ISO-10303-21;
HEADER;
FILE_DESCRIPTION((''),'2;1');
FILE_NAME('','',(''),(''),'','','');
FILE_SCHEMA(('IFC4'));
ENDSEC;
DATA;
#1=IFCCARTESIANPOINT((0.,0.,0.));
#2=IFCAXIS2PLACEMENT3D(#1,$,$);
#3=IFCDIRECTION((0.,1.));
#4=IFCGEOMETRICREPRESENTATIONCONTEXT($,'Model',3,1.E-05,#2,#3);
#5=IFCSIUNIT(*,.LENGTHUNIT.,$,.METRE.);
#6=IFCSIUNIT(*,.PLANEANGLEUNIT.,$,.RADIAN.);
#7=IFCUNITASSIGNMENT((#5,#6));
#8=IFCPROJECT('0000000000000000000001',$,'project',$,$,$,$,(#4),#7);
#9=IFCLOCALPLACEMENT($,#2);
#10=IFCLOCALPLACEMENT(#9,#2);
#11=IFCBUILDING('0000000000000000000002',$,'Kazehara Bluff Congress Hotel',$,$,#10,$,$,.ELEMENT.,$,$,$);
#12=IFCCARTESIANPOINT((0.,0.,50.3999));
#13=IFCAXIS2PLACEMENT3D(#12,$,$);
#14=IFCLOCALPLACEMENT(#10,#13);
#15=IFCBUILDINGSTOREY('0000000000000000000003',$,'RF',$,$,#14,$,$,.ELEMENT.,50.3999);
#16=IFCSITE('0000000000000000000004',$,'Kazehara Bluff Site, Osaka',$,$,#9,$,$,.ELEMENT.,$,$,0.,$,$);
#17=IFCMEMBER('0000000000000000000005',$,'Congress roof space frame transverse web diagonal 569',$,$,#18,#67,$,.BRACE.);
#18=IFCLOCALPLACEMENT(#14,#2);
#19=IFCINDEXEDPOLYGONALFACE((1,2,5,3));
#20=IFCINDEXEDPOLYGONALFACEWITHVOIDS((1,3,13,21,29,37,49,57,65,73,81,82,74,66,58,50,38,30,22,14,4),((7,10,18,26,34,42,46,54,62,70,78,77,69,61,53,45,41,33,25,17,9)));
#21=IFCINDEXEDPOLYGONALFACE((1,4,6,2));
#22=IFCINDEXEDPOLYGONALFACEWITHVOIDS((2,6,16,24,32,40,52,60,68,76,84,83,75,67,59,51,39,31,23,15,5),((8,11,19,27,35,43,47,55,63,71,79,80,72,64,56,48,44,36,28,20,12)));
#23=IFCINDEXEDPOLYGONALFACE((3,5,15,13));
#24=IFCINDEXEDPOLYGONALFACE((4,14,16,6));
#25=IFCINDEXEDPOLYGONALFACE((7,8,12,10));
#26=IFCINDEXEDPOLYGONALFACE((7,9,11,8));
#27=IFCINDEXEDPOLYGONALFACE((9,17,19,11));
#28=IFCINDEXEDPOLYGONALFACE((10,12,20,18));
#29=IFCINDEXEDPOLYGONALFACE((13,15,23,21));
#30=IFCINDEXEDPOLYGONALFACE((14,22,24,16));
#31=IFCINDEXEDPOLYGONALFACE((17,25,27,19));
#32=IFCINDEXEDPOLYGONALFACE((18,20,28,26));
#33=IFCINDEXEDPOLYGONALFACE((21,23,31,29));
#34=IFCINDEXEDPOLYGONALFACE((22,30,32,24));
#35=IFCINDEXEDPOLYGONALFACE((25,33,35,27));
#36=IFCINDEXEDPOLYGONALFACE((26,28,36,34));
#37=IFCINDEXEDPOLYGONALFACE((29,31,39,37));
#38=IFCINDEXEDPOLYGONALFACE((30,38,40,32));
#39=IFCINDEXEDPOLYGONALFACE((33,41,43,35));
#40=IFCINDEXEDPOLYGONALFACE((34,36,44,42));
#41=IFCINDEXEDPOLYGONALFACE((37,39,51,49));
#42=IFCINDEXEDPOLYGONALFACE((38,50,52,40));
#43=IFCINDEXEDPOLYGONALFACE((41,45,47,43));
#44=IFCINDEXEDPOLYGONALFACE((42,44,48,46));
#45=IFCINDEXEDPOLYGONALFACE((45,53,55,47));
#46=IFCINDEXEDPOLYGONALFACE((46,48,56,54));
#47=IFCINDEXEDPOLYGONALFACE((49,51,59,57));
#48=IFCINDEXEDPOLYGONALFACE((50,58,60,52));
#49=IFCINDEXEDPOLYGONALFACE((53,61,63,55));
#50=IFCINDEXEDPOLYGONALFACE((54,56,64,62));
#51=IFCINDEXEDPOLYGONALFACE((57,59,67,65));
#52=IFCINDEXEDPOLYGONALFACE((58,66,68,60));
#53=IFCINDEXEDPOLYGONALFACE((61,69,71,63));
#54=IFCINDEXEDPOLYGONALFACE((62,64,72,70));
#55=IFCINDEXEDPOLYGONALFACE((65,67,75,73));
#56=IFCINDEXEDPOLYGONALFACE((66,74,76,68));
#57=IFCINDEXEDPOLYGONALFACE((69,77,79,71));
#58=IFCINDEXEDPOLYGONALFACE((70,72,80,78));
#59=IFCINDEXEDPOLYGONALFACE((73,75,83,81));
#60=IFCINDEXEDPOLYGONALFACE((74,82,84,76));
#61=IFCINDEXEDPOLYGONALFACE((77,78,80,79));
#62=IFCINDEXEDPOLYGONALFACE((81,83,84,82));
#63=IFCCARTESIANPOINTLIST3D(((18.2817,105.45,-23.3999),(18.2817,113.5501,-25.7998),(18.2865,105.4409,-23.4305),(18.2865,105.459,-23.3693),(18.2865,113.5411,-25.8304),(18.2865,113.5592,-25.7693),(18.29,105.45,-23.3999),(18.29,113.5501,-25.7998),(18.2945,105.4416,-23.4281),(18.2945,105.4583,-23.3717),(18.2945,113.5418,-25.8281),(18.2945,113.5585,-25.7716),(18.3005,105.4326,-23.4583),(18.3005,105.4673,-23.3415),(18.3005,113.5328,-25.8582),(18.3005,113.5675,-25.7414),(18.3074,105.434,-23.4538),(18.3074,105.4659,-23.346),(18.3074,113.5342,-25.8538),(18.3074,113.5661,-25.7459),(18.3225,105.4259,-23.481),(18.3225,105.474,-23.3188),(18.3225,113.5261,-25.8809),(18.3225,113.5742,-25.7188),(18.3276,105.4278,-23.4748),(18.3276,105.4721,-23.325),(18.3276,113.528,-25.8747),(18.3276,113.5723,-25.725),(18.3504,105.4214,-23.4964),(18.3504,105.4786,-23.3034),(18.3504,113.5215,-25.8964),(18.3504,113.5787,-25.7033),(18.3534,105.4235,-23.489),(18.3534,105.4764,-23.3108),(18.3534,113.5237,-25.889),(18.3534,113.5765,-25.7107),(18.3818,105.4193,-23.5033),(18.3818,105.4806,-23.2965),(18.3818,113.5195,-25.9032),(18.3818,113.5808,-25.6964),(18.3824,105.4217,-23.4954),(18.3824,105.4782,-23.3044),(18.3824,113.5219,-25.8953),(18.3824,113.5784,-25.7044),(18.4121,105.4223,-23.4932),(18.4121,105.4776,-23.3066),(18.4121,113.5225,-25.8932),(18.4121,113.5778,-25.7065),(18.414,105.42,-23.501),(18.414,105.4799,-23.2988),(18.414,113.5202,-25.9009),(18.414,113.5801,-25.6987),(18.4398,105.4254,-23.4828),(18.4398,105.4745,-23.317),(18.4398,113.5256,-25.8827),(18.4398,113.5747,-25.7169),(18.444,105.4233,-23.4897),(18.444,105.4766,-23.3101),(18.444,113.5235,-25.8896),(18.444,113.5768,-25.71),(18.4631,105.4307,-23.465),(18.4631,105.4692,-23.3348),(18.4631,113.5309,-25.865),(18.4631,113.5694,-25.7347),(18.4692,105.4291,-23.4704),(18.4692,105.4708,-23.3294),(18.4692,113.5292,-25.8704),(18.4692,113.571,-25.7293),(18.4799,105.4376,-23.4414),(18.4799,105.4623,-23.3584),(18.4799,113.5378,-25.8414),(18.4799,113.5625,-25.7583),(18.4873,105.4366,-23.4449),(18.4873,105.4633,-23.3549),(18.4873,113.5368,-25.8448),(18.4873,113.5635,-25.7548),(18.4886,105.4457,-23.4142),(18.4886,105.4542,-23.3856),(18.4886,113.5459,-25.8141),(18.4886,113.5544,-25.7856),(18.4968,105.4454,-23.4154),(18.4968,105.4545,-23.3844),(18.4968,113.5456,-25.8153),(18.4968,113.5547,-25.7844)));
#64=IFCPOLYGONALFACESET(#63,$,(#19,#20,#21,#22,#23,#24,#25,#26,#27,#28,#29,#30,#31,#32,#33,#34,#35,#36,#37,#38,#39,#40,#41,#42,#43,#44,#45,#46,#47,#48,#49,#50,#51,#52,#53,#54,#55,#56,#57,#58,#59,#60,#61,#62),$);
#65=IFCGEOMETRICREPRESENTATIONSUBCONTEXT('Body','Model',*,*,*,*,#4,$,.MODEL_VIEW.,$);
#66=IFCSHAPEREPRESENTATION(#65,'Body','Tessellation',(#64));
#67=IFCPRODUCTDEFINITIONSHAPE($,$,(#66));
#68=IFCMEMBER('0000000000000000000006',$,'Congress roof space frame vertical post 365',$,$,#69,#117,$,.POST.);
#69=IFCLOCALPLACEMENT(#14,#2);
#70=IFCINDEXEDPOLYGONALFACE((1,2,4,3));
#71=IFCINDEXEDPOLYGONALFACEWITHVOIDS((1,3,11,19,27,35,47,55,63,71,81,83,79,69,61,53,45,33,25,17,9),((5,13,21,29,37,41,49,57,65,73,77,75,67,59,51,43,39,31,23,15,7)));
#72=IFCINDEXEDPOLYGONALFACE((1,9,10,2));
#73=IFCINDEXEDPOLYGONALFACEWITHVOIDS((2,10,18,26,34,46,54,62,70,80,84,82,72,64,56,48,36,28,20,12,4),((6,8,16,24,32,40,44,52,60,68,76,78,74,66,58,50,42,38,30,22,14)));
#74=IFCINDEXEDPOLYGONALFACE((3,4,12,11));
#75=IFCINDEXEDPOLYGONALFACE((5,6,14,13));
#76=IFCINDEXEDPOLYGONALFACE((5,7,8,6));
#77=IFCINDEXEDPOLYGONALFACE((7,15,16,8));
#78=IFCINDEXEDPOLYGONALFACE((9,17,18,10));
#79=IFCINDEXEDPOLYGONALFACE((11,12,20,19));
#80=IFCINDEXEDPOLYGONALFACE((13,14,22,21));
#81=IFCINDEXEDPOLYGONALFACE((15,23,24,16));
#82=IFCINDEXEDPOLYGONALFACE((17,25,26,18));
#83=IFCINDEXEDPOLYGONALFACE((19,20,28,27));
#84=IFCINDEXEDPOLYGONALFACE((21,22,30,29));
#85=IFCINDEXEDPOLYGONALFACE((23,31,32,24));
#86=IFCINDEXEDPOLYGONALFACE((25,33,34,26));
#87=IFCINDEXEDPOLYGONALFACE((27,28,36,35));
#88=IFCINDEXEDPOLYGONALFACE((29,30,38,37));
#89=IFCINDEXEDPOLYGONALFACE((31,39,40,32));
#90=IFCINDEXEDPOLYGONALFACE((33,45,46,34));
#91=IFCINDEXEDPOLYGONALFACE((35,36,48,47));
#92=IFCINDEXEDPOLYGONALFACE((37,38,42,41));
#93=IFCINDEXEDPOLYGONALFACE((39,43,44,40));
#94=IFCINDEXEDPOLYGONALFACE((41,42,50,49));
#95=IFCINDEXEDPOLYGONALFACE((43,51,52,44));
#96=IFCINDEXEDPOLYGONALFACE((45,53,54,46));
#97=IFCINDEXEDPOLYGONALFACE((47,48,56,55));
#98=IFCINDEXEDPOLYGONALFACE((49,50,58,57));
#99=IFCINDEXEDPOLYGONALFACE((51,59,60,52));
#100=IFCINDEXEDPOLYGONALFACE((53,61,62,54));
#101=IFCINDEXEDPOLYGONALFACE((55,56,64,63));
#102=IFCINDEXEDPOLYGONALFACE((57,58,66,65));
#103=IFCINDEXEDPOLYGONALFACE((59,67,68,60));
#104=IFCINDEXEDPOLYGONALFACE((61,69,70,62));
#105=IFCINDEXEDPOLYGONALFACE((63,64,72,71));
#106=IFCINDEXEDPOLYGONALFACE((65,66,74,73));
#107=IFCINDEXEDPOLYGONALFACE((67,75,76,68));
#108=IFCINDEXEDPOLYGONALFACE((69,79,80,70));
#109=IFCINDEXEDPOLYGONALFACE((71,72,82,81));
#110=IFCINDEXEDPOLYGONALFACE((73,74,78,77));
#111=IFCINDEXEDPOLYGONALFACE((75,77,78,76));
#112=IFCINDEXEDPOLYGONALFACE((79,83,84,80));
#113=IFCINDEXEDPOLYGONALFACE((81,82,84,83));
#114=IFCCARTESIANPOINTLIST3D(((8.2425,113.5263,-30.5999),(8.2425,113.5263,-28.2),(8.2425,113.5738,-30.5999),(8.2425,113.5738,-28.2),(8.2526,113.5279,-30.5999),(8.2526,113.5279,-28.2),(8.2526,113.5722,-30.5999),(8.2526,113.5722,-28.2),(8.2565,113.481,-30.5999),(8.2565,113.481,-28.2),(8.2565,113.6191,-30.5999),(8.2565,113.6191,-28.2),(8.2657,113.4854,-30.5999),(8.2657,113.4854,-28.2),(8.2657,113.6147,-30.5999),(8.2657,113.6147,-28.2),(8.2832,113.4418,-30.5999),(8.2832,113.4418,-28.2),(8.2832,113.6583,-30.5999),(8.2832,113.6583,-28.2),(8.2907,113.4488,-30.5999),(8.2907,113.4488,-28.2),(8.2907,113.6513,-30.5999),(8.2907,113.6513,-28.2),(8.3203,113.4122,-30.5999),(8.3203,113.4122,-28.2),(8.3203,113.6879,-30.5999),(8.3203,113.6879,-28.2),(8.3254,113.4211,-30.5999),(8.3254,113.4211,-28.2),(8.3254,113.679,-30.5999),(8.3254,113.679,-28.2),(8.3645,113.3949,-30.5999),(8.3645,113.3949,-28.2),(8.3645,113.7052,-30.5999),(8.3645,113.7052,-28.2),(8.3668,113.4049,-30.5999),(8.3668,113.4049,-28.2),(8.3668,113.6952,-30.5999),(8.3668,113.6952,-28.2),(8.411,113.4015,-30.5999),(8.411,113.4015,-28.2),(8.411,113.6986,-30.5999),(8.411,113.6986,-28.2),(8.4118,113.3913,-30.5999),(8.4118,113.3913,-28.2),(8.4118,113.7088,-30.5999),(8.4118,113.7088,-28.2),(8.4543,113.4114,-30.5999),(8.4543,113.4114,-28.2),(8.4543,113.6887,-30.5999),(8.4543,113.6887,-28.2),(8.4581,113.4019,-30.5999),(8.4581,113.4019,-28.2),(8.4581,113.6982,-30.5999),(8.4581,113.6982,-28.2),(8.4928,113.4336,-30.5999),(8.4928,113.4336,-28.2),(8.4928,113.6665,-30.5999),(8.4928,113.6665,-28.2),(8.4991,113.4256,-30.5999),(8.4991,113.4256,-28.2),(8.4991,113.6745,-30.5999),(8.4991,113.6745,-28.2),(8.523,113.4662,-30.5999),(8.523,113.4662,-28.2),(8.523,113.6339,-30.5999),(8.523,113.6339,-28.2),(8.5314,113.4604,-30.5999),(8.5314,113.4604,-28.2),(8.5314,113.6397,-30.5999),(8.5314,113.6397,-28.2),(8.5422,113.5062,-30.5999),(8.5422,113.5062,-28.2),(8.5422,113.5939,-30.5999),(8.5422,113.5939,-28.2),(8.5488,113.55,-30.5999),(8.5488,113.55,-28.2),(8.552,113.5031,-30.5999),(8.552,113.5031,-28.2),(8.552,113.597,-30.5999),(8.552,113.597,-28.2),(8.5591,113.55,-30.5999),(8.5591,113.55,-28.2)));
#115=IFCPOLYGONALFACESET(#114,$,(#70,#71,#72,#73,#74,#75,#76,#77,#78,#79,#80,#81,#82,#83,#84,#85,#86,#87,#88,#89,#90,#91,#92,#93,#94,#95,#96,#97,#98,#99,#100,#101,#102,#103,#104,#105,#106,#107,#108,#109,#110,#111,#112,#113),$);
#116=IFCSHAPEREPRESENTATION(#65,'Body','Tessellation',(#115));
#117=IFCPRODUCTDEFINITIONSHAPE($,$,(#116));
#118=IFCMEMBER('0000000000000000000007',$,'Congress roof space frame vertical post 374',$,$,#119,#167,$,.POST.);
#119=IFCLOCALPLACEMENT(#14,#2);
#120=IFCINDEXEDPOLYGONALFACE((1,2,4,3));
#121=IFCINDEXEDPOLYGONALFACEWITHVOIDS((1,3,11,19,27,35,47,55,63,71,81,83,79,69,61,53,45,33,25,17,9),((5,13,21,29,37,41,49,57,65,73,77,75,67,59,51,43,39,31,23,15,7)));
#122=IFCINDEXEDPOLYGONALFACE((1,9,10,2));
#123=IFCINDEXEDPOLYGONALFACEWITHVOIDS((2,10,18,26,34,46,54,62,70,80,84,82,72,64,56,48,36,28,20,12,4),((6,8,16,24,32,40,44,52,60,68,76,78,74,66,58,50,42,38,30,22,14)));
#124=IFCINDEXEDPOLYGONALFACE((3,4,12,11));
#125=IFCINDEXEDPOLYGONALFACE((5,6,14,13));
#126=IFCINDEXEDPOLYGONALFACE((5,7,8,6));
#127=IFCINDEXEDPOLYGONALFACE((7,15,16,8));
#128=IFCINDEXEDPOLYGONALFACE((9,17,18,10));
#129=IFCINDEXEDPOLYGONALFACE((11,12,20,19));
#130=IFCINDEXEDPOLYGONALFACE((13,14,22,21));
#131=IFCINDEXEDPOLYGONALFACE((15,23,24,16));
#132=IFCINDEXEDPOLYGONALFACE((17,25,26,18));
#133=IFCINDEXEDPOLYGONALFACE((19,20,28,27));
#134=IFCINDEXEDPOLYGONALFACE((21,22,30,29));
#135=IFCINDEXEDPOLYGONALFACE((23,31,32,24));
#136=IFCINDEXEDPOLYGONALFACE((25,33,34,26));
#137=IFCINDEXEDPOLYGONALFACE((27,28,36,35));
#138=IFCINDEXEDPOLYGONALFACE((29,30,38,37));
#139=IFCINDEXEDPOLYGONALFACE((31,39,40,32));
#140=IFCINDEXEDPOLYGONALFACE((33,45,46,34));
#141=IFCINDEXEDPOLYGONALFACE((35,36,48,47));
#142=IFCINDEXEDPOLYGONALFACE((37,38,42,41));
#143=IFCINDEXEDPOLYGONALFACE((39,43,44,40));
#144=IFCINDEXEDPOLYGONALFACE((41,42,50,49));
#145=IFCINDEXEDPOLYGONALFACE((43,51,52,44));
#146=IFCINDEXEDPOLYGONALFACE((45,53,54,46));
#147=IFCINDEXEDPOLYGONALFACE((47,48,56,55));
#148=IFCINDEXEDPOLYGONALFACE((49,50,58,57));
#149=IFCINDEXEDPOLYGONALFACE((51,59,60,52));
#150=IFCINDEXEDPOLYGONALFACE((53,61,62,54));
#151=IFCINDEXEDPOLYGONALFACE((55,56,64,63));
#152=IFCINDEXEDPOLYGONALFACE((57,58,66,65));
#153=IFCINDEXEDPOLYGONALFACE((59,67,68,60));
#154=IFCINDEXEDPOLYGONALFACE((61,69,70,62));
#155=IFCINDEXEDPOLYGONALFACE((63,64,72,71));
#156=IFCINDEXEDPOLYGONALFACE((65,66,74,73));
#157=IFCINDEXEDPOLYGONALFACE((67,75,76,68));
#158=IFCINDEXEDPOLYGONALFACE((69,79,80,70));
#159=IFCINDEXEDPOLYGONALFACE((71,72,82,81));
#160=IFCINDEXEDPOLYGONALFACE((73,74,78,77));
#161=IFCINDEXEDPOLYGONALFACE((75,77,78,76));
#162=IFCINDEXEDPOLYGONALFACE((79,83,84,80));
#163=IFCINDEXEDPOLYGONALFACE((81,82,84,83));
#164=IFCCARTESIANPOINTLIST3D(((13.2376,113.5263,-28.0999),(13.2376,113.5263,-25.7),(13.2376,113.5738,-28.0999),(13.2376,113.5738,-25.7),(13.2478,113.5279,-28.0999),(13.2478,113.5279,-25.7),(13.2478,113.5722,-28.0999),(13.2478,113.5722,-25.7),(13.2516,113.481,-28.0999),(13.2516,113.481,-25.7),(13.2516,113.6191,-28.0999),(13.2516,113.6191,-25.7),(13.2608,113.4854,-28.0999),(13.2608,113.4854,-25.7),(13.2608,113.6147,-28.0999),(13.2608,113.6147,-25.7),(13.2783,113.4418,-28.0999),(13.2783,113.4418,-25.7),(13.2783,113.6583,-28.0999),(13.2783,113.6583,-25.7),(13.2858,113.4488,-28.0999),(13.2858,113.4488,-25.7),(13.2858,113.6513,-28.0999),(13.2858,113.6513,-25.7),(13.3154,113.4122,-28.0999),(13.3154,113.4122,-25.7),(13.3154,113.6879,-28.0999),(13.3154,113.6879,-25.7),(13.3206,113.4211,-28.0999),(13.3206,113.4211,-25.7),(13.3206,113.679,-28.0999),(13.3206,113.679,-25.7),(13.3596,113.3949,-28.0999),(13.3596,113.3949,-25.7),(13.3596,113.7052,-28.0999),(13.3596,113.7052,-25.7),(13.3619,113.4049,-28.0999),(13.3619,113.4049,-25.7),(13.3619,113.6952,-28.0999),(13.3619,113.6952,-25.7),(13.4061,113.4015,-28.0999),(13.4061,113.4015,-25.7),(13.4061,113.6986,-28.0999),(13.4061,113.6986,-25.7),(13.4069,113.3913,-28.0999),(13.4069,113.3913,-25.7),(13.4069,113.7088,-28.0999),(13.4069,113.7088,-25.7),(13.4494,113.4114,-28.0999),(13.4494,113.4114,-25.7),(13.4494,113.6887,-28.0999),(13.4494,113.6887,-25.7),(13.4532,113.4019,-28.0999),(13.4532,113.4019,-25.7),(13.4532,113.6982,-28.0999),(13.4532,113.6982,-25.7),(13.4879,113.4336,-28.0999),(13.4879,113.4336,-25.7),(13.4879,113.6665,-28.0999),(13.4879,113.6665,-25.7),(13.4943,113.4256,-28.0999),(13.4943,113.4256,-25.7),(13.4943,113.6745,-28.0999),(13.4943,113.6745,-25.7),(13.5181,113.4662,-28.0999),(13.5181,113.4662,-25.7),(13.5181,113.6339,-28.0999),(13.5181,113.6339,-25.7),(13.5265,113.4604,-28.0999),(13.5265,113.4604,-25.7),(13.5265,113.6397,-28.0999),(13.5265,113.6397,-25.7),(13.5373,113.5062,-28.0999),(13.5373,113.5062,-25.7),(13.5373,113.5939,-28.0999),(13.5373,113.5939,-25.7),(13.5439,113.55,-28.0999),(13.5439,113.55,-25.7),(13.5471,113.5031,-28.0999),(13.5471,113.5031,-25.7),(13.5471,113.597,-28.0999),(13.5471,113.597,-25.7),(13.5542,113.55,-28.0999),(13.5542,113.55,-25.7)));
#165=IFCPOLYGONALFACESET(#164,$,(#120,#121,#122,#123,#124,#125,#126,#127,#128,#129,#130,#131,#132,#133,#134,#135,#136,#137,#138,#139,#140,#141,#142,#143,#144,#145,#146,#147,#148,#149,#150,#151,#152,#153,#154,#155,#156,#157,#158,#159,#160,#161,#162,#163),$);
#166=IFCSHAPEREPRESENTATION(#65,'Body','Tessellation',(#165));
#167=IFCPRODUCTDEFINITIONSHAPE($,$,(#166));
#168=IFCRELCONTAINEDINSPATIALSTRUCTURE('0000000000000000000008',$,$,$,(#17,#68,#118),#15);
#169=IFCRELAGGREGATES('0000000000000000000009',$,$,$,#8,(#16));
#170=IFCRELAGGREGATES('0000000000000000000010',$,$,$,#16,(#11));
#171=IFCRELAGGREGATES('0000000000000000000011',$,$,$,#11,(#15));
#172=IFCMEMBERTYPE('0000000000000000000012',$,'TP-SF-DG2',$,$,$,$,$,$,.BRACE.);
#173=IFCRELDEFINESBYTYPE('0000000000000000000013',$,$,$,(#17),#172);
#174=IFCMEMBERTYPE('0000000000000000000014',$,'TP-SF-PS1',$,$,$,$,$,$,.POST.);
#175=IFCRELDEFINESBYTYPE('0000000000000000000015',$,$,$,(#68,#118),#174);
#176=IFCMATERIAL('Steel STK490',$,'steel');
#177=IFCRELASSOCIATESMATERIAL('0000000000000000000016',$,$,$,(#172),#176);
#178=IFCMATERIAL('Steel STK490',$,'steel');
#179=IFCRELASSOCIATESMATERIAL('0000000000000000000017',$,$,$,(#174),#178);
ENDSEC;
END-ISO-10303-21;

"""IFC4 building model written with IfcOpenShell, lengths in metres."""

from ifc_helpers import new_model, si_unit, direction, frame, origin, origin_2d, place, context, subcontext, project, spatial, hollow_circle, extrude, material, material_profile, profile_set, type_object, element, save


model = new_model("IFC4")

# Units and contexts
model_context = context("Model", 3, precision=1e-05, world=origin(), true_north=direction((0.0, 1.0)))
body_context = subcontext(model_context, "Body", "Model", "MODEL_VIEW")
ifc_project = project(units=[si_unit("LENGTHUNIT", "METRE"), si_unit("PLANEANGLEUNIT", "RADIAN")], contexts=[model_context])

# Site, building, storey
site_placement = place(None, origin())
site = spatial("IfcSite", under=ifc_project, at=site_placement, Name="Kazehara Bluff Site, Osaka", CompositionType="ELEMENT", RefElevation=0.0)
building_placement = place(site_placement, origin())
building = spatial("IfcBuilding", under=site, at=building_placement, Name="Kazehara Bluff Congress Hotel", CompositionType="ELEMENT")
storey_placement = place(building_placement, frame((0.0, 0.0, 50.3999)))
storey = spatial("IfcBuildingStorey", under=building, at=storey_placement, Name="RF", CompositionType="ELEMENT", Elevation=50.3999)

# Members
ifc_material_1 = material(Name="Steel STK490", Category="steel")
ifc_material_profile_1 = material_profile(ifc_material_1, hollow_circle(Radius=0.1082, WallThickness=0.0083, at=origin_2d()))
ifc_profile_set_1 = profile_set([ifc_material_profile_1], Name="Steel STK490")
member_type_1 = type_object("IfcMemberType", Name="TP-SF-DG2", PredefinedType="BRACE", material=ifc_profile_set_1)
for number, where, z_axis, x_axis, name in (
    (1, (18.3899, 105.45, -23.3999), (0.0, 0.958802, -0.284075), (-1.0, 0.0, 0.0), "Congress roof space frame transverse web diagonal 569"),
):
    element("IfcMember", number, at=place(storey_placement, frame(where, z_axis=z_axis, x_axis=x_axis)), inside=storey, type_object=member_type_1, Name=name, PredefinedType="BRACE", context=body_context, shape_type="SweptSolid", body=[
        extrude(hollow_circle(Radius=0.1082, WallThickness=0.0083, at=origin_2d()), origin(), (0.0, 0.0, 1.0), 8.4482),
    ])
ifc_material_2 = material(Name="Steel STK490", Category="steel")
ifc_material_profile_2 = material_profile(ifc_material_2, hollow_circle(Radius=0.1592, WallThickness=0.0103, at=origin_2d()))
ifc_profile_set_2 = profile_set([ifc_material_profile_2], Name="Steel STK490")
member_type_2 = type_object("IfcMemberType", Name="TP-SF-PS1", PredefinedType="POST", material=ifc_profile_set_2)
for number, where, z_axis, x_axis, name in (
    (2, (8.3999, 113.55, -30.5999), (0.0, 0.0, 1.0), (1.0, 0.0, 0.0), "Congress roof space frame vertical post 365"),
    (3, (13.395, 113.55, -28.0999), (0.0, 0.0, 1.0), (1.0, 0.0, 0.0), "Congress roof space frame vertical post 374"),
):
    element("IfcMember", number, at=place(storey_placement, frame(where, z_axis=z_axis, x_axis=x_axis)), inside=storey, type_object=member_type_2, Name=name, PredefinedType="POST", context=body_context, shape_type="SweptSolid", body=[
        extrude(hollow_circle(Radius=0.1592, WallThickness=0.0103, at=origin_2d()), origin(), (0.0, 0.0, 1.0), 2.3999),
    ])

save(model, "model.ifc")
